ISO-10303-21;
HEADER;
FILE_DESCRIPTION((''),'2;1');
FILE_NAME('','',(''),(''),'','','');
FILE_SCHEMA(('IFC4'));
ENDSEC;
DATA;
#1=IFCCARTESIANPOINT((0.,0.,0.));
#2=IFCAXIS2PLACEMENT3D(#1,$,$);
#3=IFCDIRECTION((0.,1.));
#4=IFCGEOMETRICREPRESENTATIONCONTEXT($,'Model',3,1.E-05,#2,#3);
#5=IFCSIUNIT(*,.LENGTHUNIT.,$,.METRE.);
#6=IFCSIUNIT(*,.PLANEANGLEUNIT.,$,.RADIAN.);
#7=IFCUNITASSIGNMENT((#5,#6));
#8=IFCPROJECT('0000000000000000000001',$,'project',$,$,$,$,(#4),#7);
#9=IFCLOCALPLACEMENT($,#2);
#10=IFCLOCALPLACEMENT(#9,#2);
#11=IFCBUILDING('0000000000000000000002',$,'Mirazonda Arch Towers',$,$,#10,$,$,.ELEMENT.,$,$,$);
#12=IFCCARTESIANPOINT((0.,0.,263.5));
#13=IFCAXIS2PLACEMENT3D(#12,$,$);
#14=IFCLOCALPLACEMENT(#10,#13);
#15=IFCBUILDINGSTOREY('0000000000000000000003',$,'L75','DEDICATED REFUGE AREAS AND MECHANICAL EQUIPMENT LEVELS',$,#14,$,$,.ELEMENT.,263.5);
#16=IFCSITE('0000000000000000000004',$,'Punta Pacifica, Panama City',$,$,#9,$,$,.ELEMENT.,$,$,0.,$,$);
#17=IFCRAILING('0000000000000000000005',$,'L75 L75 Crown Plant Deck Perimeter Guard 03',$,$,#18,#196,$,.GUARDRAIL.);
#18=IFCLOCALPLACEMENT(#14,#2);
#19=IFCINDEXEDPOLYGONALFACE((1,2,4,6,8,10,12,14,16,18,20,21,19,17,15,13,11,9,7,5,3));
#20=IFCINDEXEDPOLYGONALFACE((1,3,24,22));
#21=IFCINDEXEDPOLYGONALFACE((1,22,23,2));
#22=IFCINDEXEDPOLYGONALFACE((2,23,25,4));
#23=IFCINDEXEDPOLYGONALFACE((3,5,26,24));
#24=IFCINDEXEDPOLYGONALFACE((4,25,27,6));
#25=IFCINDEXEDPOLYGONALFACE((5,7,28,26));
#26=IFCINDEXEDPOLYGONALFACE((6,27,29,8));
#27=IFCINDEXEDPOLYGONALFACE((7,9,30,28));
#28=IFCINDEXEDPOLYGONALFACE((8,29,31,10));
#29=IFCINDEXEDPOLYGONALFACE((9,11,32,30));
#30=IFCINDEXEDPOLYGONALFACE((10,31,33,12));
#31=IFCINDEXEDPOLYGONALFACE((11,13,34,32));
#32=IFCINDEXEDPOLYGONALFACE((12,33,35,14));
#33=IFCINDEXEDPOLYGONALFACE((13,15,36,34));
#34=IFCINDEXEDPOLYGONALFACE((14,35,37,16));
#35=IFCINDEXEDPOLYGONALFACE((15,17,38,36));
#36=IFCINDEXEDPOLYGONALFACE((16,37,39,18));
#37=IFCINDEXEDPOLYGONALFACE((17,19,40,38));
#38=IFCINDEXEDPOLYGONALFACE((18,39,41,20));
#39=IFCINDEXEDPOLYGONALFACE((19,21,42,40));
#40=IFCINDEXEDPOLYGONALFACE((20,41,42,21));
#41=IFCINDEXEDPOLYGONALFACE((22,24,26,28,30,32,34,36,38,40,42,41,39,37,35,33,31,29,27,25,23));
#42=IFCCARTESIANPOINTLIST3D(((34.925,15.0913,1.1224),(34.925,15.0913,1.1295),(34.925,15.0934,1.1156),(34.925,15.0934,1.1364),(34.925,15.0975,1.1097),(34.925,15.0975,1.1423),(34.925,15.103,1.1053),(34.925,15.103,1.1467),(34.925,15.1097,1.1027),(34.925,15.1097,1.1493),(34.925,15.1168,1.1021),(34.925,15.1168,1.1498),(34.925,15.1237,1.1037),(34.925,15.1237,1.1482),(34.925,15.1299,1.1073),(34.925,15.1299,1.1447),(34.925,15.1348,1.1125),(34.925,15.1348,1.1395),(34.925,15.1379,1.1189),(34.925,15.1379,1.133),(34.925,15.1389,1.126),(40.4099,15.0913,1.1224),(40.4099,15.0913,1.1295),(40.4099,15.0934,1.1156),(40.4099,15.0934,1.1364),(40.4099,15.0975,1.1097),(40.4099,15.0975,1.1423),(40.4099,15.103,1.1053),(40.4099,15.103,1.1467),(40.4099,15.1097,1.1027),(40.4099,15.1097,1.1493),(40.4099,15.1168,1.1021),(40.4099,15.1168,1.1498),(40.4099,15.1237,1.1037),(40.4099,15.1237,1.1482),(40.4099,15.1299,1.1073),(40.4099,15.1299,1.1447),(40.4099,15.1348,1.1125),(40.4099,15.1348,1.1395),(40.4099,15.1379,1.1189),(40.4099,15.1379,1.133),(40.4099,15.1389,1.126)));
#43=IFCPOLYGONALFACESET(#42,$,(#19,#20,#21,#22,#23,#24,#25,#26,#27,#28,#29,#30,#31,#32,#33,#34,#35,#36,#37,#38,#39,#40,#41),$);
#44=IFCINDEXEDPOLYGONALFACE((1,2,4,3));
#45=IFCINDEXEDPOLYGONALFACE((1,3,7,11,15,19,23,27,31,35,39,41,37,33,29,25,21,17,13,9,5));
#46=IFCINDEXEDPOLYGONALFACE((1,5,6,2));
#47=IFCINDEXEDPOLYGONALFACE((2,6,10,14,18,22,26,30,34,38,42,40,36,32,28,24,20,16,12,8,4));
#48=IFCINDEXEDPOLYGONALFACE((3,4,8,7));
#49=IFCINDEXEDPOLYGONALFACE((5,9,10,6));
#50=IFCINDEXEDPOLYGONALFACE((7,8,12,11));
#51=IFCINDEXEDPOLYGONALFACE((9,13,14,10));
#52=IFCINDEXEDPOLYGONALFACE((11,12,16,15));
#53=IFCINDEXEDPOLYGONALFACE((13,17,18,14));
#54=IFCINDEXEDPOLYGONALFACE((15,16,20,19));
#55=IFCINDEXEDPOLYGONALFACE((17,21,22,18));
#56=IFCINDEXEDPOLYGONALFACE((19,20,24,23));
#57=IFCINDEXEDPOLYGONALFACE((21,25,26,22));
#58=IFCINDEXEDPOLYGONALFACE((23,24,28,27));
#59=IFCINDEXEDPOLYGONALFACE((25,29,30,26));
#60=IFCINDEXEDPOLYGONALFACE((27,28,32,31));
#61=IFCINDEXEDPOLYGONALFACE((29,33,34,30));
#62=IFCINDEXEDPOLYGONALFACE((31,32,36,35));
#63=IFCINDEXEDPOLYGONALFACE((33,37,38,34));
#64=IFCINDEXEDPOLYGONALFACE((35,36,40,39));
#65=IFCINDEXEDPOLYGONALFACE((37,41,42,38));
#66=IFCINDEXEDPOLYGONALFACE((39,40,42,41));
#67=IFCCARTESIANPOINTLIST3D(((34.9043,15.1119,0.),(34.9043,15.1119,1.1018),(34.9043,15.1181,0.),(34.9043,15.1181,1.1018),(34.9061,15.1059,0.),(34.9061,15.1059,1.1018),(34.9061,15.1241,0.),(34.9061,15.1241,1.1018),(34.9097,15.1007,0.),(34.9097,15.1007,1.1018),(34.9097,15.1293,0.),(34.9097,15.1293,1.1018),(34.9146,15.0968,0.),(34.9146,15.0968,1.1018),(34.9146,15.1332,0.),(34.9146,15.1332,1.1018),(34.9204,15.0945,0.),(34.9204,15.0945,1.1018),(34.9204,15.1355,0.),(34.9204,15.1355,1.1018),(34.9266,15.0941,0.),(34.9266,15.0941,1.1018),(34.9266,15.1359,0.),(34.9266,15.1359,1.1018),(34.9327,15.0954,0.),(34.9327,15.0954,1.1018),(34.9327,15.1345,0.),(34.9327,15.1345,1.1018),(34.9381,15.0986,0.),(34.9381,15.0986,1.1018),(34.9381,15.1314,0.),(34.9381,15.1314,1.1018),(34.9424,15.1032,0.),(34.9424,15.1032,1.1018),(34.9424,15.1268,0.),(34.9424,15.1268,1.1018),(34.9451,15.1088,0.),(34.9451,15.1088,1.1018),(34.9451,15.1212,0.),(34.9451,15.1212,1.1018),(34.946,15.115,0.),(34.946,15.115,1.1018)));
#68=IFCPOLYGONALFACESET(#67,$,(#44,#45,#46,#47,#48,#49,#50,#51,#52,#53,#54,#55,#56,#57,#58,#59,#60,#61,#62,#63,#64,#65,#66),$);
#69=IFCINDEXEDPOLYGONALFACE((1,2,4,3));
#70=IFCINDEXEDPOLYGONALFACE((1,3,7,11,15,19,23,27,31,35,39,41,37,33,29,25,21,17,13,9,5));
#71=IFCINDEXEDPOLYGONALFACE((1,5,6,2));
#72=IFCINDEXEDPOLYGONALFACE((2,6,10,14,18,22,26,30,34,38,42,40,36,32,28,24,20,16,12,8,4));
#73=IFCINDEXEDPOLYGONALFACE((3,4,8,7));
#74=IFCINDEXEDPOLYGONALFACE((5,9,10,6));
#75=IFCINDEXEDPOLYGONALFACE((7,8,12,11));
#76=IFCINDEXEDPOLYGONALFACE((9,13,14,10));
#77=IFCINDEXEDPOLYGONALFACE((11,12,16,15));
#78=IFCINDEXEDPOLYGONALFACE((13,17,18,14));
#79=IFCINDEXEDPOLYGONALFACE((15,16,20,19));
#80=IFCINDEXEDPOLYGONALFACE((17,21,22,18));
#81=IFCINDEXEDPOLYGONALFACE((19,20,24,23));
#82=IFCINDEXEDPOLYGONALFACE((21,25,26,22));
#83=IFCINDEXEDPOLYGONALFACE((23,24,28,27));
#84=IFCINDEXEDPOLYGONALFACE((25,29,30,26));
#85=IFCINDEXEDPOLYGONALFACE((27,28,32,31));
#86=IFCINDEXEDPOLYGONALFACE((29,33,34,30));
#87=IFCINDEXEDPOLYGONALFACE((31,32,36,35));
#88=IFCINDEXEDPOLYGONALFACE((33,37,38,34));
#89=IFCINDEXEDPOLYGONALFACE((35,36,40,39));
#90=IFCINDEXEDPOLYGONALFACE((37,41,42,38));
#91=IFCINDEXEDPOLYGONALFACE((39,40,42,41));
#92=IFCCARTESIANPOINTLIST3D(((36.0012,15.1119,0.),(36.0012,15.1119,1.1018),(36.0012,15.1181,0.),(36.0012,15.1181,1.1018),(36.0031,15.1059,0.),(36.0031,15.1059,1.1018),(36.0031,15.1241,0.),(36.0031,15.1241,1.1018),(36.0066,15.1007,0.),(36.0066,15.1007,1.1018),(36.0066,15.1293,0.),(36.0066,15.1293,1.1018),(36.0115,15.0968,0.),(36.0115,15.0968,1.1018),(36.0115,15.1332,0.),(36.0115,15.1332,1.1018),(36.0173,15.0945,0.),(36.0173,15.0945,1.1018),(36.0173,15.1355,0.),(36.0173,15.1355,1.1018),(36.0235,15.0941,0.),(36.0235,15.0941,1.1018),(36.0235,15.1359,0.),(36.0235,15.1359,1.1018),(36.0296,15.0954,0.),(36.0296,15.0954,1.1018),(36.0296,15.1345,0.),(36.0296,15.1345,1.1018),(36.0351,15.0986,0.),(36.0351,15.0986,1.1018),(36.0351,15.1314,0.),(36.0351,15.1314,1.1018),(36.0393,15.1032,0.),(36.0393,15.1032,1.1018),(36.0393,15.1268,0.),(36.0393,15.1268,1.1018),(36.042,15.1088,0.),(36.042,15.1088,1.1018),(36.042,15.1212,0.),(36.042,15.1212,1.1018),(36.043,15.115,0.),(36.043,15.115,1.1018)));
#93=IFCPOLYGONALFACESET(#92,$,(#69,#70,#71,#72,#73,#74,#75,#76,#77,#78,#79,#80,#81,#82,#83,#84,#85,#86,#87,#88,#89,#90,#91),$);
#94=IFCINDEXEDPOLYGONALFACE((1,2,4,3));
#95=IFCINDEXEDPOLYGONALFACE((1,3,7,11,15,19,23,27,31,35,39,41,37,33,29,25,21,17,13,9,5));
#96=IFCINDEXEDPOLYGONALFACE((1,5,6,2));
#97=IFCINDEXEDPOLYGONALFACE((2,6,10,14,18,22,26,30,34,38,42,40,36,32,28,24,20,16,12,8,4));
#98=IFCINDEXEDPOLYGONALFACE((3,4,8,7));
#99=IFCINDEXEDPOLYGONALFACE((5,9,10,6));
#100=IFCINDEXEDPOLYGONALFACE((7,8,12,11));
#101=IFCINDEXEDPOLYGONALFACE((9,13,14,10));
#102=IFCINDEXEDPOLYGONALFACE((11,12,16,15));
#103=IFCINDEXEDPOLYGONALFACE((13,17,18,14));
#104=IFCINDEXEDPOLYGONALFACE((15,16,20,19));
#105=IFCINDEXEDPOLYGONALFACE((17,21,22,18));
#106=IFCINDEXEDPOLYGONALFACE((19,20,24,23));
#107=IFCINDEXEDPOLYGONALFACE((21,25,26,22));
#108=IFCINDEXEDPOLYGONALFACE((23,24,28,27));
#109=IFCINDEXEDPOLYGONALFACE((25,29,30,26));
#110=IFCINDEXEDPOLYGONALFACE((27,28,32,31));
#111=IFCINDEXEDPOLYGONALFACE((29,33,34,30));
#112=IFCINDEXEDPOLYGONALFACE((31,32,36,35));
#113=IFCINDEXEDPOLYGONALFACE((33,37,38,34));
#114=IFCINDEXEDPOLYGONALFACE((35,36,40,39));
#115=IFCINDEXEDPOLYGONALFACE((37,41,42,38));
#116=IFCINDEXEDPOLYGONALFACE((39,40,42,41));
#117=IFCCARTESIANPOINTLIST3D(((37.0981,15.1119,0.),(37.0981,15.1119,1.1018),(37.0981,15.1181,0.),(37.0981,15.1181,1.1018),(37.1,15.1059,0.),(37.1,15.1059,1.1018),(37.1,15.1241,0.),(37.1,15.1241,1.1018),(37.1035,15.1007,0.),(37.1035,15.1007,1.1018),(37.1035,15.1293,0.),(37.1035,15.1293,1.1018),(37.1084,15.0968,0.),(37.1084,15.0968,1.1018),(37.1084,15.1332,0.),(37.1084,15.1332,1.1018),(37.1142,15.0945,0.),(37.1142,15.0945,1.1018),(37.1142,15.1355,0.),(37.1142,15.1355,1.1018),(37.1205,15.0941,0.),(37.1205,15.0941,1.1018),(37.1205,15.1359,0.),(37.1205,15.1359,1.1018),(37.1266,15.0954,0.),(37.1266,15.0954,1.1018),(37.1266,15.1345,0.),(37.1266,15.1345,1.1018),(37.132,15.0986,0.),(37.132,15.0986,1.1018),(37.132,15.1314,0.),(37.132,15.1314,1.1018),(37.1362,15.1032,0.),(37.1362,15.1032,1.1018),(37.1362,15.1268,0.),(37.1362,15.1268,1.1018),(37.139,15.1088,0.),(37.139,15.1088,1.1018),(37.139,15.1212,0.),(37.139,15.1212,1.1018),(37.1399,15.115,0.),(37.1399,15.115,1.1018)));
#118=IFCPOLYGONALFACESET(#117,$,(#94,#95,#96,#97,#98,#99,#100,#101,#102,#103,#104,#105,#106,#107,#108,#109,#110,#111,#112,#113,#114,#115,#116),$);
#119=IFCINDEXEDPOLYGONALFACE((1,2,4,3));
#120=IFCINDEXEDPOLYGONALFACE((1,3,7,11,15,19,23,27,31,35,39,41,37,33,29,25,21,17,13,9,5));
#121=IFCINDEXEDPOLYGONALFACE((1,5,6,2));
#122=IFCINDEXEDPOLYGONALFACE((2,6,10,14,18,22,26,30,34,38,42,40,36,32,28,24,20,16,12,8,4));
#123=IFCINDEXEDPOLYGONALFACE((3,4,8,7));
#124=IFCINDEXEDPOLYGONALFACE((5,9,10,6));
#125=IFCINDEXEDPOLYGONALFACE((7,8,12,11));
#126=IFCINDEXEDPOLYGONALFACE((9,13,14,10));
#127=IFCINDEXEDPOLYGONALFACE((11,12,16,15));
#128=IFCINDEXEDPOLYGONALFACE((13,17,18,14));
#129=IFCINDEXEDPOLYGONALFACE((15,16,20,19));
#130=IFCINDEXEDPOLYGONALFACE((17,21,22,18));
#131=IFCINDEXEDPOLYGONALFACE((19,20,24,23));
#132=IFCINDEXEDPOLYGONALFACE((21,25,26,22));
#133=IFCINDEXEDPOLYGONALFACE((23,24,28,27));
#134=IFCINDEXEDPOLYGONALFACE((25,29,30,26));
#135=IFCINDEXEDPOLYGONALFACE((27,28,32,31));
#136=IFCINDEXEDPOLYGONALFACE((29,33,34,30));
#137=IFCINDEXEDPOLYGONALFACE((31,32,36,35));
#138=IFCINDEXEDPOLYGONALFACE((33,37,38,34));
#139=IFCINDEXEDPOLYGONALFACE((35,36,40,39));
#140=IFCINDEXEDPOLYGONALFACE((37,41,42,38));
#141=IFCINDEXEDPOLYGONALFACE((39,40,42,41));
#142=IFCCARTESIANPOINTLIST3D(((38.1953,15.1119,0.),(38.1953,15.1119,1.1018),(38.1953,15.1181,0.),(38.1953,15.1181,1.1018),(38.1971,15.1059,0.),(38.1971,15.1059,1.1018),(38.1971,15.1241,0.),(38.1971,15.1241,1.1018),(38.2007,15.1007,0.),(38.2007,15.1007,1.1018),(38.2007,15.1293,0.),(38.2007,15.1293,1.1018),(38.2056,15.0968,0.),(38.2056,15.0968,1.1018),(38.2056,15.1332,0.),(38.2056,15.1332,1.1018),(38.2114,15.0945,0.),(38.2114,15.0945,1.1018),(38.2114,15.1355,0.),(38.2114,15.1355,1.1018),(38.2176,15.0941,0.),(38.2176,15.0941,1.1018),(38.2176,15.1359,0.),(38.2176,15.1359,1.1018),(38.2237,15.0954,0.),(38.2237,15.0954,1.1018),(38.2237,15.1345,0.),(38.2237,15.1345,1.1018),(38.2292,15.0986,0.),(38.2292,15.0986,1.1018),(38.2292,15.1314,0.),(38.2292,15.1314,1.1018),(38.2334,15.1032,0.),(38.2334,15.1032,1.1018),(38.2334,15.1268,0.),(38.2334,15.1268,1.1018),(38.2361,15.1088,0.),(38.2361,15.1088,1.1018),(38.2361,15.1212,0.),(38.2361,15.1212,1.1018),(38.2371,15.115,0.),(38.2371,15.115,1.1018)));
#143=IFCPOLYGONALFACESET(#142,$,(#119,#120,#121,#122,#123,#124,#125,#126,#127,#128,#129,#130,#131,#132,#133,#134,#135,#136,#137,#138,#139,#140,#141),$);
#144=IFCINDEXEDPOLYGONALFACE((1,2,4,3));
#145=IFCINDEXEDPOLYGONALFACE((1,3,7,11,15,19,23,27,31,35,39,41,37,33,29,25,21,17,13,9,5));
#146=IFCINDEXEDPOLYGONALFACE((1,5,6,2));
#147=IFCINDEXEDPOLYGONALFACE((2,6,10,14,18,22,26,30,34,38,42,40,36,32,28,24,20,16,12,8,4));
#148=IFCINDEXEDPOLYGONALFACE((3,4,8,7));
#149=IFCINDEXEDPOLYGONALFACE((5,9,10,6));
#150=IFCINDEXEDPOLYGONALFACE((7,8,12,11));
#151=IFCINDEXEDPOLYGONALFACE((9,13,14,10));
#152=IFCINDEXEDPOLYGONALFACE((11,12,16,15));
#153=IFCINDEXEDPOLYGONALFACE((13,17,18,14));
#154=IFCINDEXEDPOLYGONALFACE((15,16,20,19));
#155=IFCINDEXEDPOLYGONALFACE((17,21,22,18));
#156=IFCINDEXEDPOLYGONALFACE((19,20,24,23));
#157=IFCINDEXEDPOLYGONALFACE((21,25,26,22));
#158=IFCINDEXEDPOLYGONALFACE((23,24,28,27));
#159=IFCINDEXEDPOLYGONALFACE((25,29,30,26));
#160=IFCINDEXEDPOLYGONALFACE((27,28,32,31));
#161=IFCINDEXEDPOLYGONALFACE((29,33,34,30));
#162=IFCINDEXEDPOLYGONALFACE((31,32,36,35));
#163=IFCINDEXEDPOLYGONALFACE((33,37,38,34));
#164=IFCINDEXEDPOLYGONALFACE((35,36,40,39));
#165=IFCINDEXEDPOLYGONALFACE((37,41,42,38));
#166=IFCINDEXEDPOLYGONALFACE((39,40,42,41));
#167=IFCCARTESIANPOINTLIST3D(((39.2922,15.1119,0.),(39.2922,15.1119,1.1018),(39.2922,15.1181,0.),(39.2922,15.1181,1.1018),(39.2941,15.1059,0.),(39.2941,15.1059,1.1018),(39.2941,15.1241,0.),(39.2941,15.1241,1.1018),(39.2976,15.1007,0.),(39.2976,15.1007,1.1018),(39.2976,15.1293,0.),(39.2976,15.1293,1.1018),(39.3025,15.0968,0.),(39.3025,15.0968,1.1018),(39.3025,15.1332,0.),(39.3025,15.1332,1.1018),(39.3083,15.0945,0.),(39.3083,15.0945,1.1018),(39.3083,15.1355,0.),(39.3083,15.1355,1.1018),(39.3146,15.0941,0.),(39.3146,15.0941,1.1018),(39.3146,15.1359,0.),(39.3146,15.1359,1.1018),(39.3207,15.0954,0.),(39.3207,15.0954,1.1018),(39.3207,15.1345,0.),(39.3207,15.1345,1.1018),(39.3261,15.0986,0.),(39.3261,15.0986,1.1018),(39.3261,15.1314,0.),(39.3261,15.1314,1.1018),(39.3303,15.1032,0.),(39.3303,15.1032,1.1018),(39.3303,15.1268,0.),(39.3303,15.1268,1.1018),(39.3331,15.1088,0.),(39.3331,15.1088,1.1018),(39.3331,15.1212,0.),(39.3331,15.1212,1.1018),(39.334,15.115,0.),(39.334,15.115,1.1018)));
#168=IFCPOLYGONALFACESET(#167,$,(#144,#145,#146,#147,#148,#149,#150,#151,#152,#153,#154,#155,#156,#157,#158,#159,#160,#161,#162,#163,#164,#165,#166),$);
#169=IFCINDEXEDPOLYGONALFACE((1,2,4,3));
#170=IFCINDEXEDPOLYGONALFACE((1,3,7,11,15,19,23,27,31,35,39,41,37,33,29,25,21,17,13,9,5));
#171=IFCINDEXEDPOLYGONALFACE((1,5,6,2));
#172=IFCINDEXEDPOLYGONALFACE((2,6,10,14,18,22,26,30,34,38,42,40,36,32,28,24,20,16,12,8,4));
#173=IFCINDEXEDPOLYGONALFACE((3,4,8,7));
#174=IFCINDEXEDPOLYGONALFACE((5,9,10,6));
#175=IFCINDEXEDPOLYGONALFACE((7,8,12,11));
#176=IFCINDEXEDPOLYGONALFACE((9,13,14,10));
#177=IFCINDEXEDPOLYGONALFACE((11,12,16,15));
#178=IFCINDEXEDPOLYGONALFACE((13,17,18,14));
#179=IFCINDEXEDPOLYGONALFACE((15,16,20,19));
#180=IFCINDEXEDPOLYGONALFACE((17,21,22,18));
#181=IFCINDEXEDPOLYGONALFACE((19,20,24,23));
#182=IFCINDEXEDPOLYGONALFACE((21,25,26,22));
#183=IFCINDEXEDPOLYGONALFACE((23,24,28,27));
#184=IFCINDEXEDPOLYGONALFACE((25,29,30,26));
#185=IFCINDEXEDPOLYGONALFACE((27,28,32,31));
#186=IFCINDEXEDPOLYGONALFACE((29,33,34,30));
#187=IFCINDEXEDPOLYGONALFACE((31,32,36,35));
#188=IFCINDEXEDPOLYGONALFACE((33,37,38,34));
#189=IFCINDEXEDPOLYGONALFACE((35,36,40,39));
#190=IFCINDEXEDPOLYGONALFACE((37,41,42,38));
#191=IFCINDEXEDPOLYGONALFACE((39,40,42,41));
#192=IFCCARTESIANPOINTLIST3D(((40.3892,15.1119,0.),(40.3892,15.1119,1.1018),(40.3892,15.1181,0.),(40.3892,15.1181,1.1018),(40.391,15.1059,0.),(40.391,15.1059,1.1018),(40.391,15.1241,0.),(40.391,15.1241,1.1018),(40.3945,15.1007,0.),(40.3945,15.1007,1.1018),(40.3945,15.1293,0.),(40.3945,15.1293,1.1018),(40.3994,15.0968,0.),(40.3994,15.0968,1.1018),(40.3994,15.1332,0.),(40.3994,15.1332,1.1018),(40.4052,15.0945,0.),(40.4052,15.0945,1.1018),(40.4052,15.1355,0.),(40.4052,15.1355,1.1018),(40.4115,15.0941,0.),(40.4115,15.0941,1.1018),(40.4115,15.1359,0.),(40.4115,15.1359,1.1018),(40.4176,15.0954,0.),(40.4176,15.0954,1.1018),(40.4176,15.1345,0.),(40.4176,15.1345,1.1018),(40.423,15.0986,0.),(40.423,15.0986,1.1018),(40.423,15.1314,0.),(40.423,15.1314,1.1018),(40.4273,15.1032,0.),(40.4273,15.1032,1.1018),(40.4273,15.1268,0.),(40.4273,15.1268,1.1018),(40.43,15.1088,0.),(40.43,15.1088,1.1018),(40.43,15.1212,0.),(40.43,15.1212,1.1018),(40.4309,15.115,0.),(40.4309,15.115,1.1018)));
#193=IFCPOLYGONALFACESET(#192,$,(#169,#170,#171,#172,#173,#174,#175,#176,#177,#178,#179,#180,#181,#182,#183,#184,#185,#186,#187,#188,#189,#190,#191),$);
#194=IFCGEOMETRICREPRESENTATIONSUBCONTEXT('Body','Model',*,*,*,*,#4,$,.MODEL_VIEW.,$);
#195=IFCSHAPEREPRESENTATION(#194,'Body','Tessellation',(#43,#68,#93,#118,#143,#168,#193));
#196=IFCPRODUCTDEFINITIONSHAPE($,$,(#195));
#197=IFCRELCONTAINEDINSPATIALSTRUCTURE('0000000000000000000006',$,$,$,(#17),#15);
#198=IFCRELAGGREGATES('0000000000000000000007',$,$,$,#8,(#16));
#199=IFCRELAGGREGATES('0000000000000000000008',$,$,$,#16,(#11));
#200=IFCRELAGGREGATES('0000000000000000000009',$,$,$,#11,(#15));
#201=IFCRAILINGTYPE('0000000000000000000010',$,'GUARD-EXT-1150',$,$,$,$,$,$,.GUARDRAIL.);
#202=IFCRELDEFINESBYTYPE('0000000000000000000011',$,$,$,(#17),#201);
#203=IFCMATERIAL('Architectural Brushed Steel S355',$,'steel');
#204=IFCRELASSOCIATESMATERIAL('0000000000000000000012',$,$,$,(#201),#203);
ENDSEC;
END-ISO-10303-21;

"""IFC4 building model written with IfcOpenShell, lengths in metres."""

from ifc_helpers import new_model, si_unit, direction, frame, origin, origin_2d, place, context, subcontext, project, spatial, circle, extrude, material, type_object, element, save


model = new_model("IFC4")

# Units and contexts
model_context = context("Model", 3, precision=1e-05, world=origin(), true_north=direction((0.0, 1.0)))
body_context = subcontext(model_context, "Body", "Model", "MODEL_VIEW")
ifc_project = project(units=[si_unit("LENGTHUNIT", "METRE"), si_unit("PLANEANGLEUNIT", "RADIAN")], contexts=[model_context])

# Site, building, storey
site_placement = place(None, origin())
site = spatial("IfcSite", under=ifc_project, at=site_placement, Name="Punta Pacifica, Panama City", CompositionType="ELEMENT", RefElevation=0.0)
building_placement = place(site_placement, origin())
building = spatial("IfcBuilding", under=site, at=building_placement, Name="Mirazonda Arch Towers", CompositionType="ELEMENT")
storey_placement = place(building_placement, frame((0.0, 0.0, 263.5)))
storey = spatial("IfcBuildingStorey", under=building, at=storey_placement, Name="L75", Description="DEDICATED REFUGE AREAS AND MECHANICAL EQUIPMENT LEVELS", CompositionType="ELEMENT", Elevation=263.5)

# Railing
ifc_material_1 = material(Name="Architectural Brushed Steel S355", Category="steel")
railing_type = type_object("IfcRailingType", Name="GUARD-EXT-1150", PredefinedType="GUARDRAIL", material=ifc_material_1)
railing_1_placement = place(storey_placement, frame((34.925, 15.115, 0.0)))
element("IfcRailing", 1, at=railing_1_placement, inside=storey, type_object=railing_type, Name="L75 L75 Crown Plant Deck Perimeter Guard 03", PredefinedType="GUARDRAIL", context=body_context, shape_type="SweptSolid", body=[
    extrude(circle(Radius=0.0239, at=origin_2d()), frame((0.0, 0.0, 1.126), z_axis=(1.0, 0.0, 0.0), x_axis=(0.0, 1.0, 0.0)), (0.0, 0.0, 1.0), 5.4849),
    extrude(circle(Radius=0.021, at=origin_2d()), origin(), (0.0, 0.0, 1.0), 1.1018),
    extrude(circle(Radius=0.021, at=origin_2d()), frame((1.0969, 0.0, 0.0)), (0.0, 0.0, 1.0), 1.1018),
    extrude(circle(Radius=0.021, at=origin_2d()), frame((2.1938, 0.0, 0.0)), (0.0, 0.0, 1.0), 1.1018),
    extrude(circle(Radius=0.021, at=origin_2d()), frame((3.291, 0.0, 0.0)), (0.0, 0.0, 1.0), 1.1018),
    extrude(circle(Radius=0.021, at=origin_2d()), frame((4.3879, 0.0, 0.0)), (0.0, 0.0, 1.0), 1.1018),
    extrude(circle(Radius=0.021, at=origin_2d()), frame((5.4849, 0.0, 0.0)), (0.0, 0.0, 1.0), 1.1018),
])

save(model, "model.ifc")
